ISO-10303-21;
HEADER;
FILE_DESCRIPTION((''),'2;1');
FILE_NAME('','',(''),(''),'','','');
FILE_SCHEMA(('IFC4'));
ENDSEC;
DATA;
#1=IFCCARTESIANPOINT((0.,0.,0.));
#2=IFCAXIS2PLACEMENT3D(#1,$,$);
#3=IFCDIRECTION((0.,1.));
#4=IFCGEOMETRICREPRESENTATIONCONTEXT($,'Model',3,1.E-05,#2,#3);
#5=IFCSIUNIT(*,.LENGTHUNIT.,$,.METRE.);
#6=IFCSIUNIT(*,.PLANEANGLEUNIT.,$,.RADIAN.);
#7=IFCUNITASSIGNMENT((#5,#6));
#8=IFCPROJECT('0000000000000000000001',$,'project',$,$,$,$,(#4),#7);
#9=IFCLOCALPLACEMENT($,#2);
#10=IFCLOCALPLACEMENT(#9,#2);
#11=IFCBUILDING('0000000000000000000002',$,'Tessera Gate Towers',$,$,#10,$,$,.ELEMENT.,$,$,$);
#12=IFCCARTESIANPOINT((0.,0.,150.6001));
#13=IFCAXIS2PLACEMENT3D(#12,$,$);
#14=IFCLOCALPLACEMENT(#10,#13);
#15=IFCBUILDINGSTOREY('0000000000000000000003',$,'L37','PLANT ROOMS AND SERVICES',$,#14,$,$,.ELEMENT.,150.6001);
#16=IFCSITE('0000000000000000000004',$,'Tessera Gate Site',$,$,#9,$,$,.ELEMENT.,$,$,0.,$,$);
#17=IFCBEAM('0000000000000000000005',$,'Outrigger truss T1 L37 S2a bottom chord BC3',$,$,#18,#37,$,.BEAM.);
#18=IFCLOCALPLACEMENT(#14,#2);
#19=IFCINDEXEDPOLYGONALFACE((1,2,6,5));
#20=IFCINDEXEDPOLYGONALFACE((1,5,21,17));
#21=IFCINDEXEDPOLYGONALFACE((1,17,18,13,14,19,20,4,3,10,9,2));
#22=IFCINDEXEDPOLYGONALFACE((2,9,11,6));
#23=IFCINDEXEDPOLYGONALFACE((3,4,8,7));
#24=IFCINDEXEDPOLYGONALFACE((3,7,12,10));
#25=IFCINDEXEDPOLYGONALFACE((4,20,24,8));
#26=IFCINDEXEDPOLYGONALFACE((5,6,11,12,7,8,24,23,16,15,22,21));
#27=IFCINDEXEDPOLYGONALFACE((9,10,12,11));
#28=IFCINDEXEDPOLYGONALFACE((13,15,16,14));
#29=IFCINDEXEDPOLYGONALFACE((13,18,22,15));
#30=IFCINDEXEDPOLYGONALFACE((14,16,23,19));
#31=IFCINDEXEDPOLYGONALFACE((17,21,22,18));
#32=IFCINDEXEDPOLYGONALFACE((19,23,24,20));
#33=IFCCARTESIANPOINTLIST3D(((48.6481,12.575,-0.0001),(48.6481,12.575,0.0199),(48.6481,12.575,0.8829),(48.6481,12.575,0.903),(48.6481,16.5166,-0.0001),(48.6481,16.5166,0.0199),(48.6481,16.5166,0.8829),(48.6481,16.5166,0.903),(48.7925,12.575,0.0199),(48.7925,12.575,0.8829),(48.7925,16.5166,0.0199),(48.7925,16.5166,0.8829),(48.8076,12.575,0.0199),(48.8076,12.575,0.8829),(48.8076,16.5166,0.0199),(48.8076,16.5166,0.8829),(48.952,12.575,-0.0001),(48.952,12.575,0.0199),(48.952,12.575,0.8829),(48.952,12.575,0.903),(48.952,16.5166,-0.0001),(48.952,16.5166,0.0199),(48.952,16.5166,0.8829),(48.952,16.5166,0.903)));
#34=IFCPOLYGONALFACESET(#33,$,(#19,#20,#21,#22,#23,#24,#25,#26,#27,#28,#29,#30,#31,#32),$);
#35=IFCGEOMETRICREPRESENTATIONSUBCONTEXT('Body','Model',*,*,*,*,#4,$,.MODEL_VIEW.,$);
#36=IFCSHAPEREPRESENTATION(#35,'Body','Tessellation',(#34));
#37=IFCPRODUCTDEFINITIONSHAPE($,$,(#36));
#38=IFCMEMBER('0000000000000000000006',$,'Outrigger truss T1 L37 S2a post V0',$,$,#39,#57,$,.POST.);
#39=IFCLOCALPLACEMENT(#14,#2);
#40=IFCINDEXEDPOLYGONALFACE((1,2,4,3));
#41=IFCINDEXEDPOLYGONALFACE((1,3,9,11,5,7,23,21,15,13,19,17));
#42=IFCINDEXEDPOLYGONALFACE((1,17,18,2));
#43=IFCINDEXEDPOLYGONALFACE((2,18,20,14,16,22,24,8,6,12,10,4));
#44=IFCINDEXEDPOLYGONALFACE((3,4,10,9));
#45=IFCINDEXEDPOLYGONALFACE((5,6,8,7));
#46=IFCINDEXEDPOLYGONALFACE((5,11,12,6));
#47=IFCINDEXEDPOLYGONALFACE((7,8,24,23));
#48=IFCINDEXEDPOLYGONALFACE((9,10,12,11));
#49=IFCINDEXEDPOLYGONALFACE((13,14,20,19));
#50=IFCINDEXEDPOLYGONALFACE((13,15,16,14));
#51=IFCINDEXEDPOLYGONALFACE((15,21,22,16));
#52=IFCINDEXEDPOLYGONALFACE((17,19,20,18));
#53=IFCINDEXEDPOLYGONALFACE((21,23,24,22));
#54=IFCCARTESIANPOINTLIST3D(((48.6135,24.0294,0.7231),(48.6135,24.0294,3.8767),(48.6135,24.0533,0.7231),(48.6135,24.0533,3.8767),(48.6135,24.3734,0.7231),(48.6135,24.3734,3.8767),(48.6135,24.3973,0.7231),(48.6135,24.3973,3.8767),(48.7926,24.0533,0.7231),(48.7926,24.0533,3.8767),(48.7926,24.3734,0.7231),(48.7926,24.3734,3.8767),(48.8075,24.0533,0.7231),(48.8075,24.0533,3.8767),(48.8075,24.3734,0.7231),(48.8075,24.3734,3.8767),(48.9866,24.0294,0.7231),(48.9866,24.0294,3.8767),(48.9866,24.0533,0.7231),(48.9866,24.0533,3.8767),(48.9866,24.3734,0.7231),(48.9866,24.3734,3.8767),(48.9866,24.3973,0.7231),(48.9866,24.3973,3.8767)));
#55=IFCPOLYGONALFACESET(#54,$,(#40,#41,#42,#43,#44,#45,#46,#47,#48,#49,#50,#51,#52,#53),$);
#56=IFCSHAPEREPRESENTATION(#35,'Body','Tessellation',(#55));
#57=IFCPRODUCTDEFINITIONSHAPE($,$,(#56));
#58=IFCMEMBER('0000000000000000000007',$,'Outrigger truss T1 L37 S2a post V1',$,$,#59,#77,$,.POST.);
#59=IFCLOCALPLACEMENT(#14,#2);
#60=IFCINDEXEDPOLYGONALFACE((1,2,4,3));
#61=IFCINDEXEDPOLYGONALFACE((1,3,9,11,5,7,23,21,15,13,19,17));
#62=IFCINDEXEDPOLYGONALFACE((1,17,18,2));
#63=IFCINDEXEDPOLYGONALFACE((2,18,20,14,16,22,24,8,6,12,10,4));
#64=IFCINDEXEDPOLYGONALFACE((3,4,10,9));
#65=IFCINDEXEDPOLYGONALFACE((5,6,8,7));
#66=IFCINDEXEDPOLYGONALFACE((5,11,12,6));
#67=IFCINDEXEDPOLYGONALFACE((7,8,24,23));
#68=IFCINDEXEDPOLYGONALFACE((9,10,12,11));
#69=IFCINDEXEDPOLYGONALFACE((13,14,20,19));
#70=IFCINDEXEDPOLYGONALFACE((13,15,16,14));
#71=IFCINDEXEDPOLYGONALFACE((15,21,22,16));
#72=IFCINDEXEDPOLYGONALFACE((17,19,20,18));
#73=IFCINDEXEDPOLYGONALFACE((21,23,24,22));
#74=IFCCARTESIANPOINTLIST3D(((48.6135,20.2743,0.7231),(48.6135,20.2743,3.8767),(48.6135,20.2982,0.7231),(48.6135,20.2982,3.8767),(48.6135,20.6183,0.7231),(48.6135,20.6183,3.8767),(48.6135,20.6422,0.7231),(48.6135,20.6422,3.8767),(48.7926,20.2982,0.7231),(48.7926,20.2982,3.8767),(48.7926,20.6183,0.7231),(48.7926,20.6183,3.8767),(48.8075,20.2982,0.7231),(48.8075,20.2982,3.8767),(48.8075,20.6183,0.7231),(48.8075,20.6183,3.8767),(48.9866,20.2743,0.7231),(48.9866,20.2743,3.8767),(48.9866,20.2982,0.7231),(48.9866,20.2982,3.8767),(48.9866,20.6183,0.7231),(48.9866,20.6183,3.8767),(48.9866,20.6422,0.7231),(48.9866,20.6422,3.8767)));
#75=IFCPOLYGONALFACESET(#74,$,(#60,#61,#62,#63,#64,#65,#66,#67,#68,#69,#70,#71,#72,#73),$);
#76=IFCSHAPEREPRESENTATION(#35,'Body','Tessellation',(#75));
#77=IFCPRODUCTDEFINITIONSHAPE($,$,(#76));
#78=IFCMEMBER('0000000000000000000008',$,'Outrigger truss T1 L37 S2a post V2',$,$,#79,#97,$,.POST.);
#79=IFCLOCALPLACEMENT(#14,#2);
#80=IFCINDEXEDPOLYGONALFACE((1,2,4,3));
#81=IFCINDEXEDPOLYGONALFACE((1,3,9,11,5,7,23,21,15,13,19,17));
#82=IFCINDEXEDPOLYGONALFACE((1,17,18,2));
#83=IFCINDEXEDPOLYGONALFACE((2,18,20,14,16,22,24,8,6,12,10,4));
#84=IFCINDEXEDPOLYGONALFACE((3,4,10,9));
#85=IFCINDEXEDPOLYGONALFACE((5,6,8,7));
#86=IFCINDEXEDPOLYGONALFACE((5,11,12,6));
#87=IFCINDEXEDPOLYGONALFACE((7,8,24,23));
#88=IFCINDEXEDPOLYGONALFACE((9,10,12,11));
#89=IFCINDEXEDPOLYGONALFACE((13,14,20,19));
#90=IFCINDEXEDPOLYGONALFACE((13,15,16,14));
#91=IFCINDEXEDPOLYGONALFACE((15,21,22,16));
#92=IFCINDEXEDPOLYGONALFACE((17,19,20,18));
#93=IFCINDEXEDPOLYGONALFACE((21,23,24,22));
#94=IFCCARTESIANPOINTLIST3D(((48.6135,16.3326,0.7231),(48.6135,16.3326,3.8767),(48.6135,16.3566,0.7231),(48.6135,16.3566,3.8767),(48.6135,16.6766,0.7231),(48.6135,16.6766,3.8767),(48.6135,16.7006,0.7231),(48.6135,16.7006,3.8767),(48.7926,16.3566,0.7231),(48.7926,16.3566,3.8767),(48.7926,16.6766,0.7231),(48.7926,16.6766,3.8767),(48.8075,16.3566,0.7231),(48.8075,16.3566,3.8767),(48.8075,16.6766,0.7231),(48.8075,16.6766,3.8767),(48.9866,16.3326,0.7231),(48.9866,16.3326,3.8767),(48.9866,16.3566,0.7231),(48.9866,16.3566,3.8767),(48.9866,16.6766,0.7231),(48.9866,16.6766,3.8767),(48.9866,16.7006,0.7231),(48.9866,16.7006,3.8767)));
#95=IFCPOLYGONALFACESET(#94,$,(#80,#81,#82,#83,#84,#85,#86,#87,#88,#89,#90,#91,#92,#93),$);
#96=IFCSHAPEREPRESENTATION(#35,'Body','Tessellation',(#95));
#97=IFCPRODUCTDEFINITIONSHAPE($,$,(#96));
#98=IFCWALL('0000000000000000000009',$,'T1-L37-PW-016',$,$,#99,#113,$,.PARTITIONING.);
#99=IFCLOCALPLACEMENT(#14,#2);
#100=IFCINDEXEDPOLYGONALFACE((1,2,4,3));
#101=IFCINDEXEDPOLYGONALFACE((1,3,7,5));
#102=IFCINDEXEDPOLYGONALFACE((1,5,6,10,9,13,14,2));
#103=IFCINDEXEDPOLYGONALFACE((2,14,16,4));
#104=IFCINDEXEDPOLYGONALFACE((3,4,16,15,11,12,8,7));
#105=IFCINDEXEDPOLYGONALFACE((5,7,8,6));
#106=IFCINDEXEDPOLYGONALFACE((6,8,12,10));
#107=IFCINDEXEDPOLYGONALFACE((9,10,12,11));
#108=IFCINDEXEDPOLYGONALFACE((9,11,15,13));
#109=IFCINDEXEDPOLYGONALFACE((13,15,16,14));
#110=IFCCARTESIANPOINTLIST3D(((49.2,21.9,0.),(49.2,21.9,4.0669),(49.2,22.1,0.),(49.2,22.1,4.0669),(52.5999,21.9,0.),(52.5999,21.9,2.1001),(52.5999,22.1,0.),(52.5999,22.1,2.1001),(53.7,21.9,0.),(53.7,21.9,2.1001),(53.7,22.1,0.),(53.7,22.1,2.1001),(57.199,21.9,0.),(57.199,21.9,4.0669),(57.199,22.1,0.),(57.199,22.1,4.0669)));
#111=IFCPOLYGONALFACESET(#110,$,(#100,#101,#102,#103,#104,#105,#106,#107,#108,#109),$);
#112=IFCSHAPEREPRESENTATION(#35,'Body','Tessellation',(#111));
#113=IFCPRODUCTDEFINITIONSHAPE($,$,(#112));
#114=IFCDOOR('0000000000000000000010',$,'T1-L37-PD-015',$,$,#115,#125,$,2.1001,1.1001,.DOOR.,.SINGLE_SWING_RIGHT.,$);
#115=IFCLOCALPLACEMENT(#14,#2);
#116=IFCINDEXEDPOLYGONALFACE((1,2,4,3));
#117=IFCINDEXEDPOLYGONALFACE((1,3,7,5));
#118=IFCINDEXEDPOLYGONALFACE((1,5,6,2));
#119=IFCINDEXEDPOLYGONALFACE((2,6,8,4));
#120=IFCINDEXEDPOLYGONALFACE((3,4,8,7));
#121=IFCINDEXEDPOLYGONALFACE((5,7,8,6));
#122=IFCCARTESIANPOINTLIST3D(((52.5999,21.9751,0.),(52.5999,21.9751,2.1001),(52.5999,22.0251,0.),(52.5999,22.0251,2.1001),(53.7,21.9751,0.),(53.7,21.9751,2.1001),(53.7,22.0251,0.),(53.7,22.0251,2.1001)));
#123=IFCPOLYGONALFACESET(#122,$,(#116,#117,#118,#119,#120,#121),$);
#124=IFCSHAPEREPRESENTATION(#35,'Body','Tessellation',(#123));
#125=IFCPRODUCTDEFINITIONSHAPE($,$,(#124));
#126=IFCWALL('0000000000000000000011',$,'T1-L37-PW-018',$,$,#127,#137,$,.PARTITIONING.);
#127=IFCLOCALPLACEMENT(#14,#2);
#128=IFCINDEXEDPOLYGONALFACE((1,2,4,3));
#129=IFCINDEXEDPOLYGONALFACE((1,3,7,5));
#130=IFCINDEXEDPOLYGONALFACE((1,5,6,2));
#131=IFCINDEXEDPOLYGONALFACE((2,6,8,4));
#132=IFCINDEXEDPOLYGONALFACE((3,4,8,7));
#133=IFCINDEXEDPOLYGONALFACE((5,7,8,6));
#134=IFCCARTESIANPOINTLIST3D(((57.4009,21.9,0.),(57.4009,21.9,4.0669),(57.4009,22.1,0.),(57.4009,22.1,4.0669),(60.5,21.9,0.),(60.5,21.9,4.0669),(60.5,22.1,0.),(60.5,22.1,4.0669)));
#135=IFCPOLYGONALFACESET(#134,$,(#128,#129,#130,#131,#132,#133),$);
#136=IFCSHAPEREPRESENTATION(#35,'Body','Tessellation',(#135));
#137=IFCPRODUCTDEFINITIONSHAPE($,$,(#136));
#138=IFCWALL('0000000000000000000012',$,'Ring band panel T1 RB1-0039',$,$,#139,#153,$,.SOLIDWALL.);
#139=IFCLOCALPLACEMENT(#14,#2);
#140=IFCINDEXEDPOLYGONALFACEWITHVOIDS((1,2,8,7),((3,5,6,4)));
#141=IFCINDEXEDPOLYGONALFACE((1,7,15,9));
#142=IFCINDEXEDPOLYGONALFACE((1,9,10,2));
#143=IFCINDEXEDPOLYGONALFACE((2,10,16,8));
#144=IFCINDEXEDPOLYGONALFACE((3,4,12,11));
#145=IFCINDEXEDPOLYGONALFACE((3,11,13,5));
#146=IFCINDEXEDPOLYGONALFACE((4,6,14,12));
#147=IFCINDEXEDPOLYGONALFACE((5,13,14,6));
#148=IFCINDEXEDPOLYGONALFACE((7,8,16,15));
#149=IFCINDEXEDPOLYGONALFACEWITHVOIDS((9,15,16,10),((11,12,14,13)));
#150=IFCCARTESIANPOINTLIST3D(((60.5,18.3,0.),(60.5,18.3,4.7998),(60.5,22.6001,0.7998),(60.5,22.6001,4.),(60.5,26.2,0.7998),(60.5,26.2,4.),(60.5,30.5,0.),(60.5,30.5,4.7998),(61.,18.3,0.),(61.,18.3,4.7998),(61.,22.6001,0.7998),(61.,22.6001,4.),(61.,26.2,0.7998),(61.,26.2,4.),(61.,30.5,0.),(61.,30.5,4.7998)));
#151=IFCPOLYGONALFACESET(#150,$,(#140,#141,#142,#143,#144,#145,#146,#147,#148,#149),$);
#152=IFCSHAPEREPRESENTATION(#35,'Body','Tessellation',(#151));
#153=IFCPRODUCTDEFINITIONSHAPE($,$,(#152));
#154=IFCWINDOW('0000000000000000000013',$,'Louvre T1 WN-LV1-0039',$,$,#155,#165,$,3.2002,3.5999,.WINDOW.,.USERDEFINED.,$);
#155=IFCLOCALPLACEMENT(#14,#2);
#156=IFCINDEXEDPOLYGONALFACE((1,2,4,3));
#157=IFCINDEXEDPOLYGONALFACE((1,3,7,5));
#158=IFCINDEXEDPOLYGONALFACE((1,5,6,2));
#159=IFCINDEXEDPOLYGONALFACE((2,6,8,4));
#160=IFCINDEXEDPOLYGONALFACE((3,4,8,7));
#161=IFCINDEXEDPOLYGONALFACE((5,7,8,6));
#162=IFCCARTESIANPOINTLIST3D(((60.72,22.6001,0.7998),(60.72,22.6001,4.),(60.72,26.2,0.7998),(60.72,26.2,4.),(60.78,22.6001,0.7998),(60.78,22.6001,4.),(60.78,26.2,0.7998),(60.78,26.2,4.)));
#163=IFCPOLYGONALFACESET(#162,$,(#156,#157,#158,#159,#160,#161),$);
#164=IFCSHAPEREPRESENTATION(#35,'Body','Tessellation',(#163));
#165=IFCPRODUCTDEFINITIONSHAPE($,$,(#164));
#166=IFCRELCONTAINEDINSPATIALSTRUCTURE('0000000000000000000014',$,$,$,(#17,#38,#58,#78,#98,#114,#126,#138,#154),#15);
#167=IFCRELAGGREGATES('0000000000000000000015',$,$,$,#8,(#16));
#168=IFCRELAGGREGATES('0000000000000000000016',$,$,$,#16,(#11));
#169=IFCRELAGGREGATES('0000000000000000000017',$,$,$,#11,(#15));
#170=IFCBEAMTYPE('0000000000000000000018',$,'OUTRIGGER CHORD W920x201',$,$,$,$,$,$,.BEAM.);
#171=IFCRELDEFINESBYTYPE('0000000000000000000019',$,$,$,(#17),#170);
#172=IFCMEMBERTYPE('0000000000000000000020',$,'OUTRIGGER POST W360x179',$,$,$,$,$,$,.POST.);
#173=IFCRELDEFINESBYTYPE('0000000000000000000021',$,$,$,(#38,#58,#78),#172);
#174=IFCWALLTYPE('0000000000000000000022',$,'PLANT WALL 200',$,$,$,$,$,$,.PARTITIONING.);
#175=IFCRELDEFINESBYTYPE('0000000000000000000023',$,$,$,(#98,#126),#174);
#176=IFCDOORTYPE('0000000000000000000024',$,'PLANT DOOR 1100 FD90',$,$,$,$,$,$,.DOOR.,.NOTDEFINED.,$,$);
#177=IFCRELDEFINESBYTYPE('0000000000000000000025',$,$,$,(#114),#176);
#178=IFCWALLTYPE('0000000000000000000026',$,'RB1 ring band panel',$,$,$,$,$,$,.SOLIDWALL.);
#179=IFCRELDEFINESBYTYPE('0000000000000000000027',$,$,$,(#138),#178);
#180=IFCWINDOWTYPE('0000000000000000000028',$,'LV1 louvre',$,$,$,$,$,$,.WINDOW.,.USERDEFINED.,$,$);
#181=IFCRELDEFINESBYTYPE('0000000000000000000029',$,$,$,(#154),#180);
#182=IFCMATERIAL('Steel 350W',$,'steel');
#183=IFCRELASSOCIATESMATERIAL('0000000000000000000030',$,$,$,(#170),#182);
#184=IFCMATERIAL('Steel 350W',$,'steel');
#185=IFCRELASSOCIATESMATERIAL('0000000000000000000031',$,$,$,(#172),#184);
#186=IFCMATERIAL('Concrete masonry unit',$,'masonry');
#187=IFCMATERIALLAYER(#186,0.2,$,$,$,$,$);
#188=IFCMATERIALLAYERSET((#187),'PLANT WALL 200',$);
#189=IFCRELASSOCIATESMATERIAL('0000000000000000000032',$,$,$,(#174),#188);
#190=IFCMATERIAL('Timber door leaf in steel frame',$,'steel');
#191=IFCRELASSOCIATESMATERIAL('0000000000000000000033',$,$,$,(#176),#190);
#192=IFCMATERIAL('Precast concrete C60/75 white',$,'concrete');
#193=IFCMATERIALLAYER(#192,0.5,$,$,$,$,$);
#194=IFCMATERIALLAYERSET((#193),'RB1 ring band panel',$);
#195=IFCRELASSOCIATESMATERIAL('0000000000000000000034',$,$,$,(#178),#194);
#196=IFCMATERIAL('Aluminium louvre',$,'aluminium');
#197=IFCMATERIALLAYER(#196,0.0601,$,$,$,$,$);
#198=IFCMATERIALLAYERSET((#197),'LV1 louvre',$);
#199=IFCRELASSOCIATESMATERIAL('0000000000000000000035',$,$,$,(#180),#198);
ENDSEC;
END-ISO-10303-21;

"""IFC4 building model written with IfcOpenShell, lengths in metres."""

from ifc_helpers import new_model, si_unit, direction, frame, frame_2d, origin, origin_2d, place, context, subcontext, project, spatial, polyline, rectangle, i_section, outline, extrude, source, transform, mapped, material, layer, layer_set, material_profile, profile_set, type_object, element, fill, save


model = new_model("IFC4")

# Units and contexts
model_context = context("Model", 3, precision=1e-05, world=origin(), true_north=direction((0.0, 1.0)))
body_context = subcontext(model_context, "Body", "Model", "MODEL_VIEW")
ifc_project = project(units=[si_unit("LENGTHUNIT", "METRE"), si_unit("PLANEANGLEUNIT", "RADIAN")], contexts=[model_context])

# Site, building, storey
site_placement = place(None, origin())
site = spatial("IfcSite", under=ifc_project, at=site_placement, Name="Tessera Gate Site", CompositionType="ELEMENT", RefElevation=0.0)
building_placement = place(site_placement, origin())
building = spatial("IfcBuilding", under=site, at=building_placement, Name="Tessera Gate Towers", CompositionType="ELEMENT")
storey_placement = place(building_placement, frame((0.0, 0.0, 150.6001)))
storey = spatial("IfcBuildingStorey", under=building, at=storey_placement, Name="L37", Description="PLANT ROOMS AND SERVICES", CompositionType="ELEMENT", Elevation=150.6001)

# Beam
ifc_material_1 = material(Name="Steel 350W", Category="steel")
ifc_material_profile_1 = material_profile(ifc_material_1, i_section(OverallWidth=0.304, OverallDepth=0.9031, WebThickness=0.0151, FlangeThickness=0.02, at=origin_2d()), Name="W920x201")
ifc_profile_set_1 = profile_set([ifc_material_profile_1], Name="Steel 350W")
beam_type_1 = type_object("IfcBeamType", Name="OUTRIGGER CHORD W920x201", PredefinedType="BEAM", material=ifc_profile_set_1)
for number, where, z_axis, x_axis, name in (
    (1, (48.8, 16.5166, 0.4514), (0.0, -1.0, 0.0), (1.0, 0.0, 0.0), "Outrigger truss T1 L37 S2a bottom chord BC3"),
):
    element("IfcBeam", number, at=place(storey_placement, frame(where, z_axis=z_axis, x_axis=x_axis)), inside=storey, type_object=beam_type_1, Name=name, PredefinedType="BEAM", context=body_context, shape_type="SweptSolid", body=[
        extrude(i_section(OverallWidth=0.304, OverallDepth=0.9031, WebThickness=0.0151, FlangeThickness=0.02, at=origin_2d()), origin(), (0.0, 0.0, 1.0), 3.9417),
    ])

# Members
ifc_material_2 = material(Name="Steel 350W", Category="steel")
ifc_material_profile_2 = material_profile(ifc_material_2, i_section(OverallWidth=0.373, OverallDepth=0.3679, WebThickness=0.0149, FlangeThickness=0.0239, at=origin_2d()), Name="W360x179")
ifc_profile_set_2 = profile_set([ifc_material_profile_2], Name="Steel 350W")
member_type_1 = type_object("IfcMemberType", Name="OUTRIGGER POST W360x179", PredefinedType="POST", material=ifc_profile_set_2)
for number, where, z_axis, x_axis, name in (
    (2, (48.8, 24.2134, 0.7231), (0.0, 0.0, 1.0), (1.0, 0.0, 0.0), "Outrigger truss T1 L37 S2a post V0"),
    (3, (48.8, 20.4583, 0.7231), (0.0, 0.0, 1.0), (1.0, 0.0, 0.0), "Outrigger truss T1 L37 S2a post V1"),
    (4, (48.8, 16.5166, 0.7231), (0.0, 0.0, 1.0), (1.0, 0.0, 0.0), "Outrigger truss T1 L37 S2a post V2"),
):
    element("IfcMember", number, at=place(storey_placement, frame(where, z_axis=z_axis, x_axis=x_axis)), inside=storey, type_object=member_type_1, Name=name, PredefinedType="POST", context=body_context, shape_type="SweptSolid", body=[
        extrude(i_section(OverallWidth=0.373, OverallDepth=0.3679, WebThickness=0.0149, FlangeThickness=0.0239, at=origin_2d()), origin(), (0.0, 0.0, 1.0), 3.1536),
    ])

# Wall, opening, door
ifc_material_3 = material(Name="Concrete masonry unit", Category="masonry")
ifc_layer_1 = layer(ifc_material_3, 0.2)
ifc_layer_set_1 = layer_set([ifc_layer_1], Name="PLANT WALL 200")
wall_type_1 = type_object("IfcWallType", Name="PLANT WALL 200", PredefinedType="PARTITIONING", material=ifc_layer_set_1)
wall_1_placement = place(storey_placement, frame((57.199, 22.0, 0.0), z_axis=(0.0, 0.0, 1.0), x_axis=(-1.0, 0.0, 0.0)))
wall_1 = element("IfcWall", 5, at=wall_1_placement, inside=storey, type_object=wall_type_1, Name="T1-L37-PW-016", PredefinedType="PARTITIONING", context=body_context, shape_type="SweptSolid", body=[
    extrude(rectangle(XDim=7.999, YDim=0.2, at=frame_2d((3.9995, 0.0))), origin(), (0.0, 0.0, 1.0), 4.0669),
])
shared_shape_1 = source(origin(), body_context, "Body", "SweptSolid", [
    extrude(rectangle(XDim=1.1001, YDim=2.1001, at=frame_2d((0.55, 1.05))), frame((0.0, 0.1099, 0.0), z_axis=(0.0, -1.0, 0.0), x_axis=(1.0, 0.0, 0.0)), (0.0, 0.0, 1.0), 0.22),
])
opening_1_placement = place(wall_1_placement, frame((3.499, 0.0, 0.0)))
opening_1 = element("IfcOpeningElement", 6, at=opening_1_placement, cuts=wall_1, PredefinedType="OPENING", context=body_context, shape_type="MappedRepresentation", body=[
    mapped(shared_shape_1, transform((0.0, 0.0, 0.0), scale=1.0)),
])
ifc_material_4 = material(Name="Timber door leaf in steel frame", Category="steel")
door_type = type_object("IfcDoorType", Name="PLANT DOOR 1100 FD90", OperationType="NOTDEFINED", PredefinedType="DOOR", material=ifc_material_4)
shared_shape_2 = source(origin(), body_context, "Body", "SweptSolid", [
    extrude(rectangle(XDim=1.1001, YDim=2.1001, at=frame_2d((0.55, 1.05))), frame((0.0, 0.0249, 0.0), z_axis=(0.0, -1.0, 0.0), x_axis=(1.0, 0.0, 0.0)), (0.0, 0.0, 1.0), 0.05),
])
door_placement = place(opening_1_placement, origin())
door = element("IfcDoor", 7, at=door_placement, inside=storey, type_object=door_type, Name="T1-L37-PD-015", OperationType="SINGLE_SWING_RIGHT", OverallHeight=2.1001, OverallWidth=1.1001, PredefinedType="DOOR", context=body_context, shape_type="MappedRepresentation", body=[
    mapped(shared_shape_2, transform((0.0, 0.0, 0.0), scale=1.0)),
])
fill(opening_1, door)

# Wall
wall_2_placement = place(storey_placement, frame((57.4009, 22.0, 0.0), z_axis=(0.0, 0.0, 1.0), x_axis=(1.0, 0.0, 0.0)))
element("IfcWall", 8, at=wall_2_placement, inside=storey, type_object=wall_type_1, Name="T1-L37-PW-018", PredefinedType="PARTITIONING", context=body_context, shape_type="SweptSolid", body=[
    extrude(rectangle(XDim=3.0991, YDim=0.2, at=frame_2d((1.5496, 0.0))), origin(), (0.0, 0.0, 1.0), 4.0669),
])

# Wall, opening, window
ifc_material_5 = material(Name="Precast concrete C60/75 white", Category="concrete")
ifc_layer_2 = layer(ifc_material_5, 0.5)
ifc_layer_set_2 = layer_set([ifc_layer_2], Name="RB1 ring band panel")
wall_type_2 = type_object("IfcWallType", Name="RB1 ring band panel", PredefinedType="SOLIDWALL", material=ifc_layer_set_2)
shared_shape_3 = source(origin(), body_context, "Body", "SweptSolid", [
    extrude(outline(polyline([(0.0, 0.0), (12.2, 0.0), (12.2, 4.7998), (0.0, 4.7998), (0.0, 0.0)])), frame((0.0, 0.25, 0.0), z_axis=(0.0, -1.0, 0.0), x_axis=(1.0, 0.0, 0.0)), (0.0, 0.0, 1.0), 0.5),
])
wall_3_placement = place(storey_placement, frame((60.75, 18.3, 0.0), z_axis=(0.0, 0.0, 1.0), x_axis=(0.0, 1.0, 0.0)))
wall_3 = element("IfcWall", 9, at=wall_3_placement, inside=storey, type_object=wall_type_2, Name="Ring band panel T1 RB1-0039", PredefinedType="SOLIDWALL", context=body_context, shape_type="MappedRepresentation", body=[
    mapped(shared_shape_3, transform((0.0, 0.0, 0.0), scale=1.0)),
])
shared_shape_4 = source(origin(), body_context, "Body", "SweptSolid", [
    extrude(outline(polyline([(4.3, 0.7998), (7.8999, 0.7998), (7.8999, 4.0), (4.3, 4.0), (4.3, 0.7998)])), frame((0.0, 0.26, 0.0), z_axis=(0.0, -1.0, 0.0), x_axis=(1.0, 0.0, 0.0)), (0.0, 0.0, 1.0), 0.52),
])
opening_2_placement = place(wall_3_placement, origin())
opening_2 = element("IfcOpeningElement", 10, at=opening_2_placement, cuts=wall_3, PredefinedType="OPENING", context=body_context, shape_type="MappedRepresentation", body=[
    mapped(shared_shape_4, transform((0.0, 0.0, 0.0), scale=1.0)),
])
ifc_material_6 = material(Name="Aluminium louvre", Category="aluminium")
ifc_layer_3 = layer(ifc_material_6, 0.0601)
ifc_layer_set_3 = layer_set([ifc_layer_3], Name="LV1 louvre")
window_type = type_object("IfcWindowType", Name="LV1 louvre", PartitioningType="USERDEFINED", PredefinedType="WINDOW", material=ifc_layer_set_3)
shared_shape_5 = source(origin(), body_context, "Body", "SweptSolid", [
    extrude(outline(polyline([(4.3, 0.7998), (7.8999, 0.7998), (7.8999, 4.0), (4.3, 4.0), (4.3, 0.7998)])), frame((0.0, 0.03, 0.0), z_axis=(0.0, -1.0, 0.0), x_axis=(1.0, 0.0, 0.0)), (0.0, 0.0, 1.0), 0.0601),
])
window_placement = place(opening_2_placement, origin())
window = element("IfcWindow", 11, at=window_placement, inside=storey, type_object=window_type, Name="Louvre T1 WN-LV1-0039", OverallHeight=3.2002, OverallWidth=3.5999, PartitioningType="USERDEFINED", PredefinedType="WINDOW", context=body_context, shape_type="MappedRepresentation", body=[
    mapped(shared_shape_5, transform((0.0, 0.0, 0.0), scale=1.0)),
])
fill(opening_2, window)

save(model, "model.ifc")
